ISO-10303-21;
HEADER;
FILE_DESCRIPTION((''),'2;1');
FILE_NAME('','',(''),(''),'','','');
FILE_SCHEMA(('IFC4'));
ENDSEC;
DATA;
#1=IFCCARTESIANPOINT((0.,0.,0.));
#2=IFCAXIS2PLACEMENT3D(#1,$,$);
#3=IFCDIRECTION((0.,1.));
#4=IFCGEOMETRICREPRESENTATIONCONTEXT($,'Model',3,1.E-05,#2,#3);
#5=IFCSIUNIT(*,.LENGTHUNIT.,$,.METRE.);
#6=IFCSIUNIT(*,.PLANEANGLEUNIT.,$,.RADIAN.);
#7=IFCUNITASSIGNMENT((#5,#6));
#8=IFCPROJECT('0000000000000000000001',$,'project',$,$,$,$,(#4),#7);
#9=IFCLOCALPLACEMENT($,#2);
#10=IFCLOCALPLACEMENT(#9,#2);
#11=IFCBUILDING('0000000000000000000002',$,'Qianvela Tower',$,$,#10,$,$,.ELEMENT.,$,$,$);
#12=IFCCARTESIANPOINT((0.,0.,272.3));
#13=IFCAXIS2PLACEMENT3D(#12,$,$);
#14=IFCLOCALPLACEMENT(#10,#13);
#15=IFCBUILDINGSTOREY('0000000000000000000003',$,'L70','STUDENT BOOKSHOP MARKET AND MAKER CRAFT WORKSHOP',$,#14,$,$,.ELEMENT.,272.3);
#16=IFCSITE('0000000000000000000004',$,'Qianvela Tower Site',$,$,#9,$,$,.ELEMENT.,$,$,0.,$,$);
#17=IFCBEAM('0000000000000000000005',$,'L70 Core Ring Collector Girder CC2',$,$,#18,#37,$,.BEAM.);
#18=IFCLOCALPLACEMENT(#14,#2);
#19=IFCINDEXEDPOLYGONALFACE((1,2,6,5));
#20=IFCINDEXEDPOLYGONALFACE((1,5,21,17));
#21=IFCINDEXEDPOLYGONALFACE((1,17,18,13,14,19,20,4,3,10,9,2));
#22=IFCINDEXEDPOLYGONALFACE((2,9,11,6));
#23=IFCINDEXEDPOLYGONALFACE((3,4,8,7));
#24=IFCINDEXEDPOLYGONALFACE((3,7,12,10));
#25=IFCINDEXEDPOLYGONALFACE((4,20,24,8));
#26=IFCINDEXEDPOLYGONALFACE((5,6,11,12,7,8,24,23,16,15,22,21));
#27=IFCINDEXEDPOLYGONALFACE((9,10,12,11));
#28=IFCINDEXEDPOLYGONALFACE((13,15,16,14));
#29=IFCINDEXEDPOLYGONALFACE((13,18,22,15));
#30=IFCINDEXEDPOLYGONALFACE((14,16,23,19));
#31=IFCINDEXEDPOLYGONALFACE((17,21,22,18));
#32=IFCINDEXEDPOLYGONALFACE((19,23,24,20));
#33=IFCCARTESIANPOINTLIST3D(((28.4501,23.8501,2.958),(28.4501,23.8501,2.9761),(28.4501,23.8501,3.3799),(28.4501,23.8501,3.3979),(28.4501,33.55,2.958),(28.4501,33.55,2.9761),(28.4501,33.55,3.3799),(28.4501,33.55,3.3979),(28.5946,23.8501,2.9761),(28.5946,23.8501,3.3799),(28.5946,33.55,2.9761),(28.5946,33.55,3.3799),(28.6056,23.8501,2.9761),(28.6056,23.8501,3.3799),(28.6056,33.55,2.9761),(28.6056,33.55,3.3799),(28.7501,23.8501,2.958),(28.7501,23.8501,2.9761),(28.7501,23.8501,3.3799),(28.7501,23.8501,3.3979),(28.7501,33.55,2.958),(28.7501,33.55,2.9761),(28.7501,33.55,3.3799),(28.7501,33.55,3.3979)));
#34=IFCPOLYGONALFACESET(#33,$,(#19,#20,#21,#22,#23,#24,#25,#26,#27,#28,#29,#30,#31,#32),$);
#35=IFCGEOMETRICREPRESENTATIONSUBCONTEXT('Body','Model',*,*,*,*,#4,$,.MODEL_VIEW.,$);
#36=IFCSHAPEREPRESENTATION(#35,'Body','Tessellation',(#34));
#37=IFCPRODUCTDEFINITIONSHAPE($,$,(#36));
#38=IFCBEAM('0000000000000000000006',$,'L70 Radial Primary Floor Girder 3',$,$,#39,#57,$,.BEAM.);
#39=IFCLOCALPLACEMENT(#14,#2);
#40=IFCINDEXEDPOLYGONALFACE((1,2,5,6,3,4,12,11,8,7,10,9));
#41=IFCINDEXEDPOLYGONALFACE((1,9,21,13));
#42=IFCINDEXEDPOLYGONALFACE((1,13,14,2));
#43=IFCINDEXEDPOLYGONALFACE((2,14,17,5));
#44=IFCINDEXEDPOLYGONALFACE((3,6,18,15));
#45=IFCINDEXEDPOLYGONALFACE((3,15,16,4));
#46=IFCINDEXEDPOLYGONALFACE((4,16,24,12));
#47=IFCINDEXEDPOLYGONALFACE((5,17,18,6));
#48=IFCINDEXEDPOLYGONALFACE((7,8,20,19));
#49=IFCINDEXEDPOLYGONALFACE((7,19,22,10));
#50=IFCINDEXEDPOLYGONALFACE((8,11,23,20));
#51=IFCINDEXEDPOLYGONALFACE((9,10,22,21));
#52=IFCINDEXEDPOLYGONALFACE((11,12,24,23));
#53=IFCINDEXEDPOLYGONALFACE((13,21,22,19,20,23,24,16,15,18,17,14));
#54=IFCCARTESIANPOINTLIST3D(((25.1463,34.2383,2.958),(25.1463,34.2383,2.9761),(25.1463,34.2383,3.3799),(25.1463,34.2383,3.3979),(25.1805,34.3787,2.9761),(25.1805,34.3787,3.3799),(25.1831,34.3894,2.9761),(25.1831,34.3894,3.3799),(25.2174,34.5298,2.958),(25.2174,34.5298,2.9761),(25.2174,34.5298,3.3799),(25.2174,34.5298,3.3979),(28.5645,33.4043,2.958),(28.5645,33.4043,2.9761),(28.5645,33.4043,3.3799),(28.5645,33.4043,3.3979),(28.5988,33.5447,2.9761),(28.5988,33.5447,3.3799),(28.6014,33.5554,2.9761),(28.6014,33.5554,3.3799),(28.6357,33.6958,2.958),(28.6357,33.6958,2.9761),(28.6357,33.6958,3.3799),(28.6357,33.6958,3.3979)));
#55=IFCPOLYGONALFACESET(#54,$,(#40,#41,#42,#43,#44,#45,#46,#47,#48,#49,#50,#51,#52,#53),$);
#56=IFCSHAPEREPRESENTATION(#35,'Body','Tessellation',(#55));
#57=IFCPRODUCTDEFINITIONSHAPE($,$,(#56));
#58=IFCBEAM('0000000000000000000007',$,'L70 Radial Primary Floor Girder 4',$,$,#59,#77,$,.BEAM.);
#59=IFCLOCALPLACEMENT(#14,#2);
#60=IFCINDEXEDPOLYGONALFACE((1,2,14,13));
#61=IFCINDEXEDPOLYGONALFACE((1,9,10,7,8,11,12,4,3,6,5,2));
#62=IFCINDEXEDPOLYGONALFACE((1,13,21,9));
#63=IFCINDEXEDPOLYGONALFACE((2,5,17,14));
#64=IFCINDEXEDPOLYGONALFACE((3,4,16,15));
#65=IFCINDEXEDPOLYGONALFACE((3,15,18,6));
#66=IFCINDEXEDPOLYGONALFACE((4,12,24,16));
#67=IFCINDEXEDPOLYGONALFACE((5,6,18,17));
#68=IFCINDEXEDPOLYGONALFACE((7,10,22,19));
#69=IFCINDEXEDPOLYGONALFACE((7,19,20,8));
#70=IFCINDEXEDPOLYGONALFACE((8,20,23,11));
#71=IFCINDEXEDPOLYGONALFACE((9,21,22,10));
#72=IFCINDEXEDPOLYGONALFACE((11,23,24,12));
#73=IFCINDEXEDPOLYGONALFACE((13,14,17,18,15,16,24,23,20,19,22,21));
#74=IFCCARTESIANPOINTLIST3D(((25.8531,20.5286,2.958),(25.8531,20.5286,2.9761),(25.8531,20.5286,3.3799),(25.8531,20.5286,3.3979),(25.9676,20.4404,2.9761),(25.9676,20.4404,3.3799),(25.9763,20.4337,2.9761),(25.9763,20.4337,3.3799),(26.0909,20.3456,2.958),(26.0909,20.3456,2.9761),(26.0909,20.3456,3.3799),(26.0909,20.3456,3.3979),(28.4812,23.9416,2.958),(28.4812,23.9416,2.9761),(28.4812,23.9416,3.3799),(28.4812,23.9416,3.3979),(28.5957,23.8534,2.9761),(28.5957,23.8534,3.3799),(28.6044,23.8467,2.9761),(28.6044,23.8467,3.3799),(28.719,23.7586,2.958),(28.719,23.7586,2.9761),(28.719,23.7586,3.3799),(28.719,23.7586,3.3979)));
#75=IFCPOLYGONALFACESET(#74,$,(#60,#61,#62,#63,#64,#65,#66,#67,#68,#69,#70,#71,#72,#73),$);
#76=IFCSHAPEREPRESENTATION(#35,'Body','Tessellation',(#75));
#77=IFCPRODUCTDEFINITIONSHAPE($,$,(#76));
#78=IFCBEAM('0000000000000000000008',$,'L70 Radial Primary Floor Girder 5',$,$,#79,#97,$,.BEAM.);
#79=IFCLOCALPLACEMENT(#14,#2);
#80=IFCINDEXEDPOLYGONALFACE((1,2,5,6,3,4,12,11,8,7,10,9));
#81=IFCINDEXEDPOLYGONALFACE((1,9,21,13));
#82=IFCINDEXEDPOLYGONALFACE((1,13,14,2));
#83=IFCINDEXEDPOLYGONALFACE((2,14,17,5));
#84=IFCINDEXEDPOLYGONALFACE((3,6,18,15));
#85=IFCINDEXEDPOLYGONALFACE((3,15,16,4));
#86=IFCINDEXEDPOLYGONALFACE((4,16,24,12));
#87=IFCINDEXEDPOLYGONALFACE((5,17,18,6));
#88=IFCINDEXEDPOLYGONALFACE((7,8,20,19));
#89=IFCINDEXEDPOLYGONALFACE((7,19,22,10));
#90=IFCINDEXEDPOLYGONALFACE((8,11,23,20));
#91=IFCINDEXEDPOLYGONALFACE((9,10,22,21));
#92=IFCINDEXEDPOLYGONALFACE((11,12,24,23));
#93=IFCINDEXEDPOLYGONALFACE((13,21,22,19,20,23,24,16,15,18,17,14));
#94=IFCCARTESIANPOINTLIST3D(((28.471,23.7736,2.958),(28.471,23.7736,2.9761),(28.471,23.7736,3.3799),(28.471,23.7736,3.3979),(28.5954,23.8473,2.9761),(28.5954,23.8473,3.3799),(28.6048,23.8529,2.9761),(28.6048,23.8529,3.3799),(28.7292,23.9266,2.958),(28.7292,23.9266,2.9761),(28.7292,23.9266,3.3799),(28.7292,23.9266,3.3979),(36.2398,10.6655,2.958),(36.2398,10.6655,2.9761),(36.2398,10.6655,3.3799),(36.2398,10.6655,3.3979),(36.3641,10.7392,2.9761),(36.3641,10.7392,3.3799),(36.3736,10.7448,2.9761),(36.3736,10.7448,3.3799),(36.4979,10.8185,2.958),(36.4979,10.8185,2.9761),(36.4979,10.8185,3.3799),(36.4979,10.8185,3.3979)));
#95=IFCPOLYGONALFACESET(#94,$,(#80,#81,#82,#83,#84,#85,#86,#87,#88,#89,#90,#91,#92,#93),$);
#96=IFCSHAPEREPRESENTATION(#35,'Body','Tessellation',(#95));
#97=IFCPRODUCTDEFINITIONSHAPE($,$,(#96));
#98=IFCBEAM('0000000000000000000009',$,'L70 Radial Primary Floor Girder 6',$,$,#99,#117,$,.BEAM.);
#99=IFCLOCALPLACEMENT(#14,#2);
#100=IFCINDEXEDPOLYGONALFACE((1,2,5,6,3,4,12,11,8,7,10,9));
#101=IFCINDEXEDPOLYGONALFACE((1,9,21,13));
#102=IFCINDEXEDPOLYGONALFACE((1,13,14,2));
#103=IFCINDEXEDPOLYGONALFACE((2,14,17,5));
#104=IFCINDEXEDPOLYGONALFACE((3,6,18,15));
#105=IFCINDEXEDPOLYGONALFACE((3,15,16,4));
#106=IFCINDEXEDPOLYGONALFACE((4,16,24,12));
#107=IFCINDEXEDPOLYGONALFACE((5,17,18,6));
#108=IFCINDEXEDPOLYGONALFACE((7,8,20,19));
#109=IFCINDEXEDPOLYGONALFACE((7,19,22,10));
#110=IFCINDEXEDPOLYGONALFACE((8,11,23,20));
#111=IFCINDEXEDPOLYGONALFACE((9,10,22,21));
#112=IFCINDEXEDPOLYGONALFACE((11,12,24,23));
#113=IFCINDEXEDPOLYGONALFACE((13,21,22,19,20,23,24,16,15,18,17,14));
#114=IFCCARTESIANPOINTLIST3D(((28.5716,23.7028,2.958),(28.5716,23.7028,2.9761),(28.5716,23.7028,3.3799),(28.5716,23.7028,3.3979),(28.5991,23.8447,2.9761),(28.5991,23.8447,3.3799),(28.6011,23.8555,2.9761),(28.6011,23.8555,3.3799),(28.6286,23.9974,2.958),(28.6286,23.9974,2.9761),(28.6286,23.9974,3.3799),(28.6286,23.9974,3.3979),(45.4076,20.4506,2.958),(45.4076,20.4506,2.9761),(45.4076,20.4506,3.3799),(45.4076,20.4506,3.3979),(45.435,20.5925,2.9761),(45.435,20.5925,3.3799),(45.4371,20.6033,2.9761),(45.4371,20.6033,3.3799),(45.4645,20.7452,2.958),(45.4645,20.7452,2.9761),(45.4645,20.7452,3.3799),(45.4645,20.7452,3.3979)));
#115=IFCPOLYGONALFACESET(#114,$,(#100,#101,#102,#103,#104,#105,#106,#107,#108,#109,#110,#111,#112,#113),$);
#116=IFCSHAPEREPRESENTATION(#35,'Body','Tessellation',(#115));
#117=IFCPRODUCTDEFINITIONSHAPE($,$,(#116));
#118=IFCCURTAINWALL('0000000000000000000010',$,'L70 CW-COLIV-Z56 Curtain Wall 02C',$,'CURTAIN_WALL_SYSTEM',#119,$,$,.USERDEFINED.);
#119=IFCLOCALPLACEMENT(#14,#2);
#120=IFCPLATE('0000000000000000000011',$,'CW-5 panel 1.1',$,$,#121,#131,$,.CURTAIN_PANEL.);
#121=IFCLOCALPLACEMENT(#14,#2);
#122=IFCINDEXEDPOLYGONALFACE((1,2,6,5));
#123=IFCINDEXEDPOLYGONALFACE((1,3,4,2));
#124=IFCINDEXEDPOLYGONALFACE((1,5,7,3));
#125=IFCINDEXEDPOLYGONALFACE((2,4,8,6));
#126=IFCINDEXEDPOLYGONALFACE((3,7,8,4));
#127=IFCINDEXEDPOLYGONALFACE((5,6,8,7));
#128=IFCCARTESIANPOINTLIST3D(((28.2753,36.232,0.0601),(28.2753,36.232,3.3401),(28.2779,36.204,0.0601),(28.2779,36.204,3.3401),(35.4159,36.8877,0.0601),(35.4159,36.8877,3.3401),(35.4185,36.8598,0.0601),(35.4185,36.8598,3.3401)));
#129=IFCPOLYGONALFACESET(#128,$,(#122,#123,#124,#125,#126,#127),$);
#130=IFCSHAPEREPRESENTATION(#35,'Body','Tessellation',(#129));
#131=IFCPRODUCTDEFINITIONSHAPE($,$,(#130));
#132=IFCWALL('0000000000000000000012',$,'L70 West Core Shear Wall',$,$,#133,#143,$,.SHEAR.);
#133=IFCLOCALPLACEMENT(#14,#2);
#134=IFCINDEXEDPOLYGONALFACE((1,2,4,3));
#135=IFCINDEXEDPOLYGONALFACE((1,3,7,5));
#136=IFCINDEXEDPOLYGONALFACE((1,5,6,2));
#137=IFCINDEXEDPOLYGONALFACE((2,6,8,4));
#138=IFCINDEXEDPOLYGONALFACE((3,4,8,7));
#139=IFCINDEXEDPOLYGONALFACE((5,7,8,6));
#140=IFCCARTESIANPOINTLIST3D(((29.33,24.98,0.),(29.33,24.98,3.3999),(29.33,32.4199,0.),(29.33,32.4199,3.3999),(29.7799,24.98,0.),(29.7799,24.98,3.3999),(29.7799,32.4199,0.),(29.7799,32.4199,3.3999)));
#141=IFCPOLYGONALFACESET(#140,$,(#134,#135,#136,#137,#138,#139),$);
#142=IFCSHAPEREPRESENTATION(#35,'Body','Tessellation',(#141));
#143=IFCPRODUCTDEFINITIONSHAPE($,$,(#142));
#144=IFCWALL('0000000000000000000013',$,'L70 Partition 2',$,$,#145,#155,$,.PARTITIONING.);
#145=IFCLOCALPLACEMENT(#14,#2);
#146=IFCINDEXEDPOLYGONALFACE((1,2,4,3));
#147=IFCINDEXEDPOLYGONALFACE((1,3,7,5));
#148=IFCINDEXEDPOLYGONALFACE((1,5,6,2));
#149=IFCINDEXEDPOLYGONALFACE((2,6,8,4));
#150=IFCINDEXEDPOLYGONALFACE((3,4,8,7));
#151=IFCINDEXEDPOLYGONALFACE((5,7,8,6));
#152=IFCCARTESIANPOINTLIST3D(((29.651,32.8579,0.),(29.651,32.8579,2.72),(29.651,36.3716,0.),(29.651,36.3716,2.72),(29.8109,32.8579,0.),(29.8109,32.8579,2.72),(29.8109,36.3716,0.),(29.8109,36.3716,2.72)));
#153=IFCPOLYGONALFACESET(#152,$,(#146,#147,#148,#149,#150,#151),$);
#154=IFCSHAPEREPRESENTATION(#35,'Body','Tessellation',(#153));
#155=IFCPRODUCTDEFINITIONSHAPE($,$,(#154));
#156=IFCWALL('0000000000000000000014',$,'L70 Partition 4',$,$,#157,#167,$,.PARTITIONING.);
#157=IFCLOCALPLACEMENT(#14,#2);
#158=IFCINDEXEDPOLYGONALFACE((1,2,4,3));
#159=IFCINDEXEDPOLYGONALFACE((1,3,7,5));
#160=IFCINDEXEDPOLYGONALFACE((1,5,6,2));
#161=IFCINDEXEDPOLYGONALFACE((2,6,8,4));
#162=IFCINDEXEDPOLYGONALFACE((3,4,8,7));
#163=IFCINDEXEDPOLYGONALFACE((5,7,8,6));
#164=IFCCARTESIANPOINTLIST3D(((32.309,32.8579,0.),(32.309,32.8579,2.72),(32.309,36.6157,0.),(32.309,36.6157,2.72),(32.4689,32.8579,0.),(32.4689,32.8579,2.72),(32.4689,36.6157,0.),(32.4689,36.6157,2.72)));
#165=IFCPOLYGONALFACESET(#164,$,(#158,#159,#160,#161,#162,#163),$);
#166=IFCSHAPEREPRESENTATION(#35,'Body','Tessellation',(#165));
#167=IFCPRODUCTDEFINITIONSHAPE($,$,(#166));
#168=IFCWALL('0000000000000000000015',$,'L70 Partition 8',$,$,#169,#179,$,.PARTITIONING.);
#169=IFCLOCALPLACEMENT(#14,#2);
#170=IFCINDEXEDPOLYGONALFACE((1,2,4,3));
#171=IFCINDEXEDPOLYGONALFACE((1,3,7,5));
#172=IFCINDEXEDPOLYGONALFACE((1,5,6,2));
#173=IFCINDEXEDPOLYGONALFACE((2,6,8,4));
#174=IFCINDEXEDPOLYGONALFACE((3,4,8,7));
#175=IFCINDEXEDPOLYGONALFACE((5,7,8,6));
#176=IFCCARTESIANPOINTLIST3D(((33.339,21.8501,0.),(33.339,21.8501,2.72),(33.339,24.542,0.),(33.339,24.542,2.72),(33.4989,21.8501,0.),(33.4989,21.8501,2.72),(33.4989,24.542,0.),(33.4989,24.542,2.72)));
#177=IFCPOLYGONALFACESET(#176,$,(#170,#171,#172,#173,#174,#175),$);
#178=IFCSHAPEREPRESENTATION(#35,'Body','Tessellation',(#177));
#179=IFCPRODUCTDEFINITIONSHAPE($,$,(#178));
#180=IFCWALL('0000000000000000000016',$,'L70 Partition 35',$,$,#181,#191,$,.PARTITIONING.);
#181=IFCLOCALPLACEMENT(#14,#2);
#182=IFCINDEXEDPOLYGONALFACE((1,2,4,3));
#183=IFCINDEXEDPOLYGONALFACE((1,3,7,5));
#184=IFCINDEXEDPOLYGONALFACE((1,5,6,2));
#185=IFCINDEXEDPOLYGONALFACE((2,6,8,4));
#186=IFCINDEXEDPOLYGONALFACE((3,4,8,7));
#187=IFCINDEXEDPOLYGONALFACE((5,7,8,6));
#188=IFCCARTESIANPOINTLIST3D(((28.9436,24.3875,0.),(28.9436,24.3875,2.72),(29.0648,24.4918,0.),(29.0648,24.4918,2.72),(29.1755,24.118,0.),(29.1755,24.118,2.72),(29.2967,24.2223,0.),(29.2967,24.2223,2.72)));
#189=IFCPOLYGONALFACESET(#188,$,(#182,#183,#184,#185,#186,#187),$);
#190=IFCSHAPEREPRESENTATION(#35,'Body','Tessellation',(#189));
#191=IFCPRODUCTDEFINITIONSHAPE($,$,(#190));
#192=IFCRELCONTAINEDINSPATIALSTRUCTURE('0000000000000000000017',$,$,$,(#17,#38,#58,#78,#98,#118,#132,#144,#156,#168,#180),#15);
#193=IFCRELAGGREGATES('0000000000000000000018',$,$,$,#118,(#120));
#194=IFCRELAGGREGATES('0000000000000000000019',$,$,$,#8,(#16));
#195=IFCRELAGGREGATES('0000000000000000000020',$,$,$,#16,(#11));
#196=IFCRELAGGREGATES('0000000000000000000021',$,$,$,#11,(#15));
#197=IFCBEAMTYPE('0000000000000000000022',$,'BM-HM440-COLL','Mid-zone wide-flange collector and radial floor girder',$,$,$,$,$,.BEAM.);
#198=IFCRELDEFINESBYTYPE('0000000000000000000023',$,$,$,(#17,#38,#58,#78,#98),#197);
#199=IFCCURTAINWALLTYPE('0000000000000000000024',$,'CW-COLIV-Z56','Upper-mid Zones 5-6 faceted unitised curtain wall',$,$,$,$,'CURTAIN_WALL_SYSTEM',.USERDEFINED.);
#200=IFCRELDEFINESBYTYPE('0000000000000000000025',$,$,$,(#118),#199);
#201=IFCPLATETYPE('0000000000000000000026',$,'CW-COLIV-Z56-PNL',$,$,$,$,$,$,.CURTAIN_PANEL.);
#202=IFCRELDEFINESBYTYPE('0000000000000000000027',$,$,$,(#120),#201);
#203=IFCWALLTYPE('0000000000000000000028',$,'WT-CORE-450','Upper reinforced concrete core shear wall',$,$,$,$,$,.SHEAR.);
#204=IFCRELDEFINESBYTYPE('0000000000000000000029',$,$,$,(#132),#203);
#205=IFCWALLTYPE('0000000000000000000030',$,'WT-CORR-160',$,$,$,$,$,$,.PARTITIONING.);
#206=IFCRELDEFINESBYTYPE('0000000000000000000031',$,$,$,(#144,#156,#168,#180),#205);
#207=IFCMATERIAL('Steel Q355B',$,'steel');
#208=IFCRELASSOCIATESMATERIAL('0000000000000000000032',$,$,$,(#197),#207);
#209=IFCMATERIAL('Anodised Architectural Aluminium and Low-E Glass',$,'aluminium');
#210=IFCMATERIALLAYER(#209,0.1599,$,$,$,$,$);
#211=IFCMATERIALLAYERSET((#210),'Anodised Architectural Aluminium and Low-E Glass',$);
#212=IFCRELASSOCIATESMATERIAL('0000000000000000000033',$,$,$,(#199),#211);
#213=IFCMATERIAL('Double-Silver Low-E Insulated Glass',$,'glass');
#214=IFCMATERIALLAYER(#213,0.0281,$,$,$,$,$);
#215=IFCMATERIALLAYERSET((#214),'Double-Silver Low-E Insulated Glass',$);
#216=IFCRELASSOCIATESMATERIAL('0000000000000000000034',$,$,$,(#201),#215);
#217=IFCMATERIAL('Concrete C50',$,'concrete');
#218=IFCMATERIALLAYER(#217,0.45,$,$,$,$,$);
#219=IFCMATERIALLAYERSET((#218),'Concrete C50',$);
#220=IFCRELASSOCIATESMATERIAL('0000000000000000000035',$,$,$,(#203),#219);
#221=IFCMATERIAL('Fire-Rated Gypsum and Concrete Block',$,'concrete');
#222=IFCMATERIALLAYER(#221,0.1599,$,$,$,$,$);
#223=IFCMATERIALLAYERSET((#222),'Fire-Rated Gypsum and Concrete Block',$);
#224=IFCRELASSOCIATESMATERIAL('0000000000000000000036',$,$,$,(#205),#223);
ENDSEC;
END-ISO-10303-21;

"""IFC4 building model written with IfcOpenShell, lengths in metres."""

from ifc_helpers import new_model, si_unit, direction, frame, frame_2d, origin, origin_2d, place, context, subcontext, project, spatial, rectangle, i_section, extrude, material, layer, layer_set, material_profile, profile_set, type_object, element, aggregate, save


model = new_model("IFC4")

# Units and contexts
model_context = context("Model", 3, precision=1e-05, world=origin(), true_north=direction((0.0, 1.0)))
body_context = subcontext(model_context, "Body", "Model", "MODEL_VIEW")
ifc_project = project(units=[si_unit("LENGTHUNIT", "METRE"), si_unit("PLANEANGLEUNIT", "RADIAN")], contexts=[model_context])

# Site, building, storey
site_placement = place(None, origin())
site = spatial("IfcSite", under=ifc_project, at=site_placement, Name="Qianvela Tower Site", CompositionType="ELEMENT", RefElevation=0.0)
building_placement = place(site_placement, origin())
building = spatial("IfcBuilding", under=site, at=building_placement, Name="Qianvela Tower", CompositionType="ELEMENT")
storey_placement = place(building_placement, frame((0.0, 0.0, 272.3)))
storey = spatial("IfcBuildingStorey", under=building, at=storey_placement, Name="L70", Description="STUDENT BOOKSHOP MARKET AND MAKER CRAFT WORKSHOP", CompositionType="ELEMENT", Elevation=272.3)

# Beams
ifc_material_1 = material(Name="Steel Q355B", Category="steel")
ifc_material_profile_1 = material_profile(ifc_material_1, i_section(OverallWidth=0.3, OverallDepth=0.4399, WebThickness=0.011, FlangeThickness=0.0181, at=origin_2d()), Name="HM440x300x11x18")
ifc_profile_set_1 = profile_set([ifc_material_profile_1], Name="Steel Q355B")
beam_type = type_object("IfcBeamType", Name="BM-HM440-COLL", Description="Mid-zone wide-flange collector and radial floor girder", PredefinedType="BEAM", material=ifc_profile_set_1)
beam_1_placement = place(storey_placement, frame((28.6001, 33.55, 3.178), z_axis=(0.0, -1.0, 0.0), x_axis=(1.0, 0.0, 0.0)))
element("IfcBeam", 1, at=beam_1_placement, inside=storey, type_object=beam_type, Name="L70 Core Ring Collector Girder CC2", PredefinedType="BEAM", context=body_context, shape_type="SweptSolid", body=[
    extrude(i_section(OverallWidth=0.3, OverallDepth=0.4399, WebThickness=0.011, FlangeThickness=0.0181, at=origin_2d()), origin(), (0.0, 0.0, 1.0), 9.7),
])
beam_2_placement = place(storey_placement, frame((28.6001, 33.55, 3.178), z_axis=(-0.971502, 0.23703, 0.0), x_axis=(-0.23703, -0.971502, 0.0)))
element("IfcBeam", 2, at=beam_2_placement, inside=storey, type_object=beam_type, Name="L70 Radial Primary Floor Girder 3", PredefinedType="BEAM", context=body_context, shape_type="SweptSolid", body=[
    extrude(i_section(OverallWidth=0.3, OverallDepth=0.4399, WebThickness=0.011, FlangeThickness=0.0181, at=origin_2d()), origin(), (0.0, 0.0, 1.0), 3.5186),
])
beam_3_placement = place(storey_placement, frame((28.6001, 23.8501, 3.178), z_axis=(-0.610108, -0.792318, 0.0), x_axis=(0.792318, -0.610108, 0.0)))
element("IfcBeam", 3, at=beam_3_placement, inside=storey, type_object=beam_type, Name="L70 Radial Primary Floor Girder 4", PredefinedType="BEAM", context=body_context, shape_type="SweptSolid", body=[
    extrude(i_section(OverallWidth=0.3, OverallDepth=0.4399, WebThickness=0.011, FlangeThickness=0.0181, at=origin_2d()), origin(), (0.0, 0.0, 1.0), 4.3076),
])
beam_4_placement = place(storey_placement, frame((28.6001, 23.8501, 3.178), z_axis=(0.509851, -0.860263, 0.0), x_axis=(0.860263, 0.509851, 0.0)))
element("IfcBeam", 4, at=beam_4_placement, inside=storey, type_object=beam_type, Name="L70 Radial Primary Floor Girder 5", PredefinedType="BEAM", context=body_context, shape_type="SweptSolid", body=[
    extrude(i_section(OverallWidth=0.3, OverallDepth=0.4399, WebThickness=0.011, FlangeThickness=0.0181, at=origin_2d()), origin(), (0.0, 0.0, 1.0), 15.2373),
])
beam_5_placement = place(storey_placement, frame((28.6001, 23.8501, 3.178), z_axis=(0.981849, -0.189664, 0.0), x_axis=(0.189664, 0.981849, 0.0)))
element("IfcBeam", 5, at=beam_5_placement, inside=storey, type_object=beam_type, Name="L70 Radial Primary Floor Girder 6", PredefinedType="BEAM", context=body_context, shape_type="SweptSolid", body=[
    extrude(i_section(OverallWidth=0.3, OverallDepth=0.4399, WebThickness=0.011, FlangeThickness=0.0181, at=origin_2d()), origin(), (0.0, 0.0, 1.0), 17.1472),
])

# Curtain wall, plate
ifc_material_2 = material(Name="Anodised Architectural Aluminium and Low-E Glass", Category="aluminium")
ifc_layer_1 = layer(ifc_material_2, 0.1599)
ifc_layer_set_1 = layer_set([ifc_layer_1], Name="Anodised Architectural Aluminium and Low-E Glass")
curtain_wall_type = type_object("IfcCurtainWallType", Name="CW-COLIV-Z56", Description="Upper-mid Zones 5-6 faceted unitised curtain wall", ElementType="CURTAIN_WALL_SYSTEM", PredefinedType="USERDEFINED", material=ifc_layer_set_1)
curtain_wall_placement = place(storey_placement, origin())
curtain_wall = element("IfcCurtainWall", 6, at=curtain_wall_placement, inside=storey, type_object=curtain_wall_type, Name="L70 CW-COLIV-Z56 Curtain Wall 02C", ObjectType="CURTAIN_WALL_SYSTEM", PredefinedType="USERDEFINED")
ifc_material_3 = material(Name="Double-Silver Low-E Insulated Glass", Category="glass")
ifc_layer_2 = layer(ifc_material_3, 0.0281)
ifc_layer_set_2 = layer_set([ifc_layer_2], Name="Double-Silver Low-E Insulated Glass")
plate_type = type_object("IfcPlateType", Name="CW-COLIV-Z56-PNL", PredefinedType="CURTAIN_PANEL", material=ifc_layer_set_2)
plate_placement = place(storey_placement, frame((31.8469, 36.5459, 0.0601), z_axis=(0.0, 0.0, 1.0), x_axis=(-0.99581, -0.091448, 0.0)))
plate = element("IfcPlate", 7, at=plate_placement, type_object=plate_type, Name="CW-5 panel 1.1", PredefinedType="CURTAIN_PANEL", context=body_context, shape_type="SweptSolid", body=[
    extrude(rectangle(XDim=7.1707, YDim=0.0281, at=origin_2d()), origin(), (0.0, 0.0, 1.0), 3.28),
])
aggregate(curtain_wall, [plate])

# Shared definitions
ifc_material_4 = material(Name="Concrete C50", Category="concrete")
ifc_layer_3 = layer(ifc_material_4, 0.45)
ifc_layer_set_3 = layer_set([ifc_layer_3], Name="Concrete C50")
wall_type_1 = type_object("IfcWallType", Name="WT-CORE-450", Description="Upper reinforced concrete core shear wall", PredefinedType="SHEAR", material=ifc_layer_set_3)

# Walls
wall_1_placement = place(storey_placement, frame((29.5549, 24.98, 0.0), z_axis=(0.0, 0.0, 1.0), x_axis=(0.0, 1.0, 0.0)))
element("IfcWall", 8, at=wall_1_placement, inside=storey, type_object=wall_type_1, Name="L70 West Core Shear Wall", PredefinedType="SHEAR", context=body_context, shape_type="SweptSolid", body=[
    extrude(rectangle(XDim=7.4399, YDim=0.45, at=frame_2d((3.72, 0.0))), origin(), (0.0, 0.0, 1.0), 3.3999),
])
ifc_material_5 = material(Name="Fire-Rated Gypsum and Concrete Block", Category="concrete")
ifc_layer_4 = layer(ifc_material_5, 0.1599)
ifc_layer_set_4 = layer_set([ifc_layer_4], Name="Fire-Rated Gypsum and Concrete Block")
wall_type_2 = type_object("IfcWallType", Name="WT-CORR-160", PredefinedType="PARTITIONING", material=ifc_layer_set_4)
wall_2_placement = place(storey_placement, frame((29.731, 32.8579, 0.0), z_axis=(0.0, 0.0, 1.0), x_axis=(0.0, 1.0, 0.0)))
element("IfcWall", 9, at=wall_2_placement, inside=storey, type_object=wall_type_2, Name="L70 Partition 2", PredefinedType="PARTITIONING", context=body_context, shape_type="SweptSolid", body=[
    extrude(rectangle(XDim=3.5137, YDim=0.1599, at=frame_2d((1.7568, 0.0))), origin(), (0.0, 0.0, 1.0), 2.72),
])
wall_3_placement = place(storey_placement, frame((32.3889, 36.6157, 0.0), z_axis=(0.0, 0.0, 1.0), x_axis=(0.0, -1.0, 0.0)))
element("IfcWall", 10, at=wall_3_placement, inside=storey, type_object=wall_type_2, Name="L70 Partition 4", PredefinedType="PARTITIONING", context=body_context, shape_type="SweptSolid", body=[
    extrude(rectangle(XDim=3.7578, YDim=0.1599, at=frame_2d((1.8789, 0.0))), origin(), (0.0, 0.0, 1.0), 2.72),
])
wall_4_placement = place(storey_placement, frame((33.4189, 24.542, 0.0), z_axis=(0.0, 0.0, 1.0), x_axis=(0.0, -1.0, 0.0)))
element("IfcWall", 11, at=wall_4_placement, inside=storey, type_object=wall_type_2, Name="L70 Partition 8", PredefinedType="PARTITIONING", context=body_context, shape_type="SweptSolid", body=[
    extrude(rectangle(XDim=2.6919, YDim=0.1599, at=frame_2d((1.3459, 0.0))), origin(), (0.0, 0.0, 1.0), 2.72),
])
wall_5_placement = place(storey_placement, frame((29.2361, 24.1702, 0.0), z_axis=(0.0, 0.0, 1.0), x_axis=(-0.65226, 0.757995, 0.0)))
element("IfcWall", 12, at=wall_5_placement, inside=storey, type_object=wall_type_2, Name="L70 Partition 35", PredefinedType="PARTITIONING", context=body_context, shape_type="SweptSolid", body=[
    extrude(rectangle(XDim=0.3555, YDim=0.1599, at=frame_2d((0.1777, 0.0))), origin(), (0.0, 0.0, 1.0), 2.72),
])

save(model, "model.ifc")
